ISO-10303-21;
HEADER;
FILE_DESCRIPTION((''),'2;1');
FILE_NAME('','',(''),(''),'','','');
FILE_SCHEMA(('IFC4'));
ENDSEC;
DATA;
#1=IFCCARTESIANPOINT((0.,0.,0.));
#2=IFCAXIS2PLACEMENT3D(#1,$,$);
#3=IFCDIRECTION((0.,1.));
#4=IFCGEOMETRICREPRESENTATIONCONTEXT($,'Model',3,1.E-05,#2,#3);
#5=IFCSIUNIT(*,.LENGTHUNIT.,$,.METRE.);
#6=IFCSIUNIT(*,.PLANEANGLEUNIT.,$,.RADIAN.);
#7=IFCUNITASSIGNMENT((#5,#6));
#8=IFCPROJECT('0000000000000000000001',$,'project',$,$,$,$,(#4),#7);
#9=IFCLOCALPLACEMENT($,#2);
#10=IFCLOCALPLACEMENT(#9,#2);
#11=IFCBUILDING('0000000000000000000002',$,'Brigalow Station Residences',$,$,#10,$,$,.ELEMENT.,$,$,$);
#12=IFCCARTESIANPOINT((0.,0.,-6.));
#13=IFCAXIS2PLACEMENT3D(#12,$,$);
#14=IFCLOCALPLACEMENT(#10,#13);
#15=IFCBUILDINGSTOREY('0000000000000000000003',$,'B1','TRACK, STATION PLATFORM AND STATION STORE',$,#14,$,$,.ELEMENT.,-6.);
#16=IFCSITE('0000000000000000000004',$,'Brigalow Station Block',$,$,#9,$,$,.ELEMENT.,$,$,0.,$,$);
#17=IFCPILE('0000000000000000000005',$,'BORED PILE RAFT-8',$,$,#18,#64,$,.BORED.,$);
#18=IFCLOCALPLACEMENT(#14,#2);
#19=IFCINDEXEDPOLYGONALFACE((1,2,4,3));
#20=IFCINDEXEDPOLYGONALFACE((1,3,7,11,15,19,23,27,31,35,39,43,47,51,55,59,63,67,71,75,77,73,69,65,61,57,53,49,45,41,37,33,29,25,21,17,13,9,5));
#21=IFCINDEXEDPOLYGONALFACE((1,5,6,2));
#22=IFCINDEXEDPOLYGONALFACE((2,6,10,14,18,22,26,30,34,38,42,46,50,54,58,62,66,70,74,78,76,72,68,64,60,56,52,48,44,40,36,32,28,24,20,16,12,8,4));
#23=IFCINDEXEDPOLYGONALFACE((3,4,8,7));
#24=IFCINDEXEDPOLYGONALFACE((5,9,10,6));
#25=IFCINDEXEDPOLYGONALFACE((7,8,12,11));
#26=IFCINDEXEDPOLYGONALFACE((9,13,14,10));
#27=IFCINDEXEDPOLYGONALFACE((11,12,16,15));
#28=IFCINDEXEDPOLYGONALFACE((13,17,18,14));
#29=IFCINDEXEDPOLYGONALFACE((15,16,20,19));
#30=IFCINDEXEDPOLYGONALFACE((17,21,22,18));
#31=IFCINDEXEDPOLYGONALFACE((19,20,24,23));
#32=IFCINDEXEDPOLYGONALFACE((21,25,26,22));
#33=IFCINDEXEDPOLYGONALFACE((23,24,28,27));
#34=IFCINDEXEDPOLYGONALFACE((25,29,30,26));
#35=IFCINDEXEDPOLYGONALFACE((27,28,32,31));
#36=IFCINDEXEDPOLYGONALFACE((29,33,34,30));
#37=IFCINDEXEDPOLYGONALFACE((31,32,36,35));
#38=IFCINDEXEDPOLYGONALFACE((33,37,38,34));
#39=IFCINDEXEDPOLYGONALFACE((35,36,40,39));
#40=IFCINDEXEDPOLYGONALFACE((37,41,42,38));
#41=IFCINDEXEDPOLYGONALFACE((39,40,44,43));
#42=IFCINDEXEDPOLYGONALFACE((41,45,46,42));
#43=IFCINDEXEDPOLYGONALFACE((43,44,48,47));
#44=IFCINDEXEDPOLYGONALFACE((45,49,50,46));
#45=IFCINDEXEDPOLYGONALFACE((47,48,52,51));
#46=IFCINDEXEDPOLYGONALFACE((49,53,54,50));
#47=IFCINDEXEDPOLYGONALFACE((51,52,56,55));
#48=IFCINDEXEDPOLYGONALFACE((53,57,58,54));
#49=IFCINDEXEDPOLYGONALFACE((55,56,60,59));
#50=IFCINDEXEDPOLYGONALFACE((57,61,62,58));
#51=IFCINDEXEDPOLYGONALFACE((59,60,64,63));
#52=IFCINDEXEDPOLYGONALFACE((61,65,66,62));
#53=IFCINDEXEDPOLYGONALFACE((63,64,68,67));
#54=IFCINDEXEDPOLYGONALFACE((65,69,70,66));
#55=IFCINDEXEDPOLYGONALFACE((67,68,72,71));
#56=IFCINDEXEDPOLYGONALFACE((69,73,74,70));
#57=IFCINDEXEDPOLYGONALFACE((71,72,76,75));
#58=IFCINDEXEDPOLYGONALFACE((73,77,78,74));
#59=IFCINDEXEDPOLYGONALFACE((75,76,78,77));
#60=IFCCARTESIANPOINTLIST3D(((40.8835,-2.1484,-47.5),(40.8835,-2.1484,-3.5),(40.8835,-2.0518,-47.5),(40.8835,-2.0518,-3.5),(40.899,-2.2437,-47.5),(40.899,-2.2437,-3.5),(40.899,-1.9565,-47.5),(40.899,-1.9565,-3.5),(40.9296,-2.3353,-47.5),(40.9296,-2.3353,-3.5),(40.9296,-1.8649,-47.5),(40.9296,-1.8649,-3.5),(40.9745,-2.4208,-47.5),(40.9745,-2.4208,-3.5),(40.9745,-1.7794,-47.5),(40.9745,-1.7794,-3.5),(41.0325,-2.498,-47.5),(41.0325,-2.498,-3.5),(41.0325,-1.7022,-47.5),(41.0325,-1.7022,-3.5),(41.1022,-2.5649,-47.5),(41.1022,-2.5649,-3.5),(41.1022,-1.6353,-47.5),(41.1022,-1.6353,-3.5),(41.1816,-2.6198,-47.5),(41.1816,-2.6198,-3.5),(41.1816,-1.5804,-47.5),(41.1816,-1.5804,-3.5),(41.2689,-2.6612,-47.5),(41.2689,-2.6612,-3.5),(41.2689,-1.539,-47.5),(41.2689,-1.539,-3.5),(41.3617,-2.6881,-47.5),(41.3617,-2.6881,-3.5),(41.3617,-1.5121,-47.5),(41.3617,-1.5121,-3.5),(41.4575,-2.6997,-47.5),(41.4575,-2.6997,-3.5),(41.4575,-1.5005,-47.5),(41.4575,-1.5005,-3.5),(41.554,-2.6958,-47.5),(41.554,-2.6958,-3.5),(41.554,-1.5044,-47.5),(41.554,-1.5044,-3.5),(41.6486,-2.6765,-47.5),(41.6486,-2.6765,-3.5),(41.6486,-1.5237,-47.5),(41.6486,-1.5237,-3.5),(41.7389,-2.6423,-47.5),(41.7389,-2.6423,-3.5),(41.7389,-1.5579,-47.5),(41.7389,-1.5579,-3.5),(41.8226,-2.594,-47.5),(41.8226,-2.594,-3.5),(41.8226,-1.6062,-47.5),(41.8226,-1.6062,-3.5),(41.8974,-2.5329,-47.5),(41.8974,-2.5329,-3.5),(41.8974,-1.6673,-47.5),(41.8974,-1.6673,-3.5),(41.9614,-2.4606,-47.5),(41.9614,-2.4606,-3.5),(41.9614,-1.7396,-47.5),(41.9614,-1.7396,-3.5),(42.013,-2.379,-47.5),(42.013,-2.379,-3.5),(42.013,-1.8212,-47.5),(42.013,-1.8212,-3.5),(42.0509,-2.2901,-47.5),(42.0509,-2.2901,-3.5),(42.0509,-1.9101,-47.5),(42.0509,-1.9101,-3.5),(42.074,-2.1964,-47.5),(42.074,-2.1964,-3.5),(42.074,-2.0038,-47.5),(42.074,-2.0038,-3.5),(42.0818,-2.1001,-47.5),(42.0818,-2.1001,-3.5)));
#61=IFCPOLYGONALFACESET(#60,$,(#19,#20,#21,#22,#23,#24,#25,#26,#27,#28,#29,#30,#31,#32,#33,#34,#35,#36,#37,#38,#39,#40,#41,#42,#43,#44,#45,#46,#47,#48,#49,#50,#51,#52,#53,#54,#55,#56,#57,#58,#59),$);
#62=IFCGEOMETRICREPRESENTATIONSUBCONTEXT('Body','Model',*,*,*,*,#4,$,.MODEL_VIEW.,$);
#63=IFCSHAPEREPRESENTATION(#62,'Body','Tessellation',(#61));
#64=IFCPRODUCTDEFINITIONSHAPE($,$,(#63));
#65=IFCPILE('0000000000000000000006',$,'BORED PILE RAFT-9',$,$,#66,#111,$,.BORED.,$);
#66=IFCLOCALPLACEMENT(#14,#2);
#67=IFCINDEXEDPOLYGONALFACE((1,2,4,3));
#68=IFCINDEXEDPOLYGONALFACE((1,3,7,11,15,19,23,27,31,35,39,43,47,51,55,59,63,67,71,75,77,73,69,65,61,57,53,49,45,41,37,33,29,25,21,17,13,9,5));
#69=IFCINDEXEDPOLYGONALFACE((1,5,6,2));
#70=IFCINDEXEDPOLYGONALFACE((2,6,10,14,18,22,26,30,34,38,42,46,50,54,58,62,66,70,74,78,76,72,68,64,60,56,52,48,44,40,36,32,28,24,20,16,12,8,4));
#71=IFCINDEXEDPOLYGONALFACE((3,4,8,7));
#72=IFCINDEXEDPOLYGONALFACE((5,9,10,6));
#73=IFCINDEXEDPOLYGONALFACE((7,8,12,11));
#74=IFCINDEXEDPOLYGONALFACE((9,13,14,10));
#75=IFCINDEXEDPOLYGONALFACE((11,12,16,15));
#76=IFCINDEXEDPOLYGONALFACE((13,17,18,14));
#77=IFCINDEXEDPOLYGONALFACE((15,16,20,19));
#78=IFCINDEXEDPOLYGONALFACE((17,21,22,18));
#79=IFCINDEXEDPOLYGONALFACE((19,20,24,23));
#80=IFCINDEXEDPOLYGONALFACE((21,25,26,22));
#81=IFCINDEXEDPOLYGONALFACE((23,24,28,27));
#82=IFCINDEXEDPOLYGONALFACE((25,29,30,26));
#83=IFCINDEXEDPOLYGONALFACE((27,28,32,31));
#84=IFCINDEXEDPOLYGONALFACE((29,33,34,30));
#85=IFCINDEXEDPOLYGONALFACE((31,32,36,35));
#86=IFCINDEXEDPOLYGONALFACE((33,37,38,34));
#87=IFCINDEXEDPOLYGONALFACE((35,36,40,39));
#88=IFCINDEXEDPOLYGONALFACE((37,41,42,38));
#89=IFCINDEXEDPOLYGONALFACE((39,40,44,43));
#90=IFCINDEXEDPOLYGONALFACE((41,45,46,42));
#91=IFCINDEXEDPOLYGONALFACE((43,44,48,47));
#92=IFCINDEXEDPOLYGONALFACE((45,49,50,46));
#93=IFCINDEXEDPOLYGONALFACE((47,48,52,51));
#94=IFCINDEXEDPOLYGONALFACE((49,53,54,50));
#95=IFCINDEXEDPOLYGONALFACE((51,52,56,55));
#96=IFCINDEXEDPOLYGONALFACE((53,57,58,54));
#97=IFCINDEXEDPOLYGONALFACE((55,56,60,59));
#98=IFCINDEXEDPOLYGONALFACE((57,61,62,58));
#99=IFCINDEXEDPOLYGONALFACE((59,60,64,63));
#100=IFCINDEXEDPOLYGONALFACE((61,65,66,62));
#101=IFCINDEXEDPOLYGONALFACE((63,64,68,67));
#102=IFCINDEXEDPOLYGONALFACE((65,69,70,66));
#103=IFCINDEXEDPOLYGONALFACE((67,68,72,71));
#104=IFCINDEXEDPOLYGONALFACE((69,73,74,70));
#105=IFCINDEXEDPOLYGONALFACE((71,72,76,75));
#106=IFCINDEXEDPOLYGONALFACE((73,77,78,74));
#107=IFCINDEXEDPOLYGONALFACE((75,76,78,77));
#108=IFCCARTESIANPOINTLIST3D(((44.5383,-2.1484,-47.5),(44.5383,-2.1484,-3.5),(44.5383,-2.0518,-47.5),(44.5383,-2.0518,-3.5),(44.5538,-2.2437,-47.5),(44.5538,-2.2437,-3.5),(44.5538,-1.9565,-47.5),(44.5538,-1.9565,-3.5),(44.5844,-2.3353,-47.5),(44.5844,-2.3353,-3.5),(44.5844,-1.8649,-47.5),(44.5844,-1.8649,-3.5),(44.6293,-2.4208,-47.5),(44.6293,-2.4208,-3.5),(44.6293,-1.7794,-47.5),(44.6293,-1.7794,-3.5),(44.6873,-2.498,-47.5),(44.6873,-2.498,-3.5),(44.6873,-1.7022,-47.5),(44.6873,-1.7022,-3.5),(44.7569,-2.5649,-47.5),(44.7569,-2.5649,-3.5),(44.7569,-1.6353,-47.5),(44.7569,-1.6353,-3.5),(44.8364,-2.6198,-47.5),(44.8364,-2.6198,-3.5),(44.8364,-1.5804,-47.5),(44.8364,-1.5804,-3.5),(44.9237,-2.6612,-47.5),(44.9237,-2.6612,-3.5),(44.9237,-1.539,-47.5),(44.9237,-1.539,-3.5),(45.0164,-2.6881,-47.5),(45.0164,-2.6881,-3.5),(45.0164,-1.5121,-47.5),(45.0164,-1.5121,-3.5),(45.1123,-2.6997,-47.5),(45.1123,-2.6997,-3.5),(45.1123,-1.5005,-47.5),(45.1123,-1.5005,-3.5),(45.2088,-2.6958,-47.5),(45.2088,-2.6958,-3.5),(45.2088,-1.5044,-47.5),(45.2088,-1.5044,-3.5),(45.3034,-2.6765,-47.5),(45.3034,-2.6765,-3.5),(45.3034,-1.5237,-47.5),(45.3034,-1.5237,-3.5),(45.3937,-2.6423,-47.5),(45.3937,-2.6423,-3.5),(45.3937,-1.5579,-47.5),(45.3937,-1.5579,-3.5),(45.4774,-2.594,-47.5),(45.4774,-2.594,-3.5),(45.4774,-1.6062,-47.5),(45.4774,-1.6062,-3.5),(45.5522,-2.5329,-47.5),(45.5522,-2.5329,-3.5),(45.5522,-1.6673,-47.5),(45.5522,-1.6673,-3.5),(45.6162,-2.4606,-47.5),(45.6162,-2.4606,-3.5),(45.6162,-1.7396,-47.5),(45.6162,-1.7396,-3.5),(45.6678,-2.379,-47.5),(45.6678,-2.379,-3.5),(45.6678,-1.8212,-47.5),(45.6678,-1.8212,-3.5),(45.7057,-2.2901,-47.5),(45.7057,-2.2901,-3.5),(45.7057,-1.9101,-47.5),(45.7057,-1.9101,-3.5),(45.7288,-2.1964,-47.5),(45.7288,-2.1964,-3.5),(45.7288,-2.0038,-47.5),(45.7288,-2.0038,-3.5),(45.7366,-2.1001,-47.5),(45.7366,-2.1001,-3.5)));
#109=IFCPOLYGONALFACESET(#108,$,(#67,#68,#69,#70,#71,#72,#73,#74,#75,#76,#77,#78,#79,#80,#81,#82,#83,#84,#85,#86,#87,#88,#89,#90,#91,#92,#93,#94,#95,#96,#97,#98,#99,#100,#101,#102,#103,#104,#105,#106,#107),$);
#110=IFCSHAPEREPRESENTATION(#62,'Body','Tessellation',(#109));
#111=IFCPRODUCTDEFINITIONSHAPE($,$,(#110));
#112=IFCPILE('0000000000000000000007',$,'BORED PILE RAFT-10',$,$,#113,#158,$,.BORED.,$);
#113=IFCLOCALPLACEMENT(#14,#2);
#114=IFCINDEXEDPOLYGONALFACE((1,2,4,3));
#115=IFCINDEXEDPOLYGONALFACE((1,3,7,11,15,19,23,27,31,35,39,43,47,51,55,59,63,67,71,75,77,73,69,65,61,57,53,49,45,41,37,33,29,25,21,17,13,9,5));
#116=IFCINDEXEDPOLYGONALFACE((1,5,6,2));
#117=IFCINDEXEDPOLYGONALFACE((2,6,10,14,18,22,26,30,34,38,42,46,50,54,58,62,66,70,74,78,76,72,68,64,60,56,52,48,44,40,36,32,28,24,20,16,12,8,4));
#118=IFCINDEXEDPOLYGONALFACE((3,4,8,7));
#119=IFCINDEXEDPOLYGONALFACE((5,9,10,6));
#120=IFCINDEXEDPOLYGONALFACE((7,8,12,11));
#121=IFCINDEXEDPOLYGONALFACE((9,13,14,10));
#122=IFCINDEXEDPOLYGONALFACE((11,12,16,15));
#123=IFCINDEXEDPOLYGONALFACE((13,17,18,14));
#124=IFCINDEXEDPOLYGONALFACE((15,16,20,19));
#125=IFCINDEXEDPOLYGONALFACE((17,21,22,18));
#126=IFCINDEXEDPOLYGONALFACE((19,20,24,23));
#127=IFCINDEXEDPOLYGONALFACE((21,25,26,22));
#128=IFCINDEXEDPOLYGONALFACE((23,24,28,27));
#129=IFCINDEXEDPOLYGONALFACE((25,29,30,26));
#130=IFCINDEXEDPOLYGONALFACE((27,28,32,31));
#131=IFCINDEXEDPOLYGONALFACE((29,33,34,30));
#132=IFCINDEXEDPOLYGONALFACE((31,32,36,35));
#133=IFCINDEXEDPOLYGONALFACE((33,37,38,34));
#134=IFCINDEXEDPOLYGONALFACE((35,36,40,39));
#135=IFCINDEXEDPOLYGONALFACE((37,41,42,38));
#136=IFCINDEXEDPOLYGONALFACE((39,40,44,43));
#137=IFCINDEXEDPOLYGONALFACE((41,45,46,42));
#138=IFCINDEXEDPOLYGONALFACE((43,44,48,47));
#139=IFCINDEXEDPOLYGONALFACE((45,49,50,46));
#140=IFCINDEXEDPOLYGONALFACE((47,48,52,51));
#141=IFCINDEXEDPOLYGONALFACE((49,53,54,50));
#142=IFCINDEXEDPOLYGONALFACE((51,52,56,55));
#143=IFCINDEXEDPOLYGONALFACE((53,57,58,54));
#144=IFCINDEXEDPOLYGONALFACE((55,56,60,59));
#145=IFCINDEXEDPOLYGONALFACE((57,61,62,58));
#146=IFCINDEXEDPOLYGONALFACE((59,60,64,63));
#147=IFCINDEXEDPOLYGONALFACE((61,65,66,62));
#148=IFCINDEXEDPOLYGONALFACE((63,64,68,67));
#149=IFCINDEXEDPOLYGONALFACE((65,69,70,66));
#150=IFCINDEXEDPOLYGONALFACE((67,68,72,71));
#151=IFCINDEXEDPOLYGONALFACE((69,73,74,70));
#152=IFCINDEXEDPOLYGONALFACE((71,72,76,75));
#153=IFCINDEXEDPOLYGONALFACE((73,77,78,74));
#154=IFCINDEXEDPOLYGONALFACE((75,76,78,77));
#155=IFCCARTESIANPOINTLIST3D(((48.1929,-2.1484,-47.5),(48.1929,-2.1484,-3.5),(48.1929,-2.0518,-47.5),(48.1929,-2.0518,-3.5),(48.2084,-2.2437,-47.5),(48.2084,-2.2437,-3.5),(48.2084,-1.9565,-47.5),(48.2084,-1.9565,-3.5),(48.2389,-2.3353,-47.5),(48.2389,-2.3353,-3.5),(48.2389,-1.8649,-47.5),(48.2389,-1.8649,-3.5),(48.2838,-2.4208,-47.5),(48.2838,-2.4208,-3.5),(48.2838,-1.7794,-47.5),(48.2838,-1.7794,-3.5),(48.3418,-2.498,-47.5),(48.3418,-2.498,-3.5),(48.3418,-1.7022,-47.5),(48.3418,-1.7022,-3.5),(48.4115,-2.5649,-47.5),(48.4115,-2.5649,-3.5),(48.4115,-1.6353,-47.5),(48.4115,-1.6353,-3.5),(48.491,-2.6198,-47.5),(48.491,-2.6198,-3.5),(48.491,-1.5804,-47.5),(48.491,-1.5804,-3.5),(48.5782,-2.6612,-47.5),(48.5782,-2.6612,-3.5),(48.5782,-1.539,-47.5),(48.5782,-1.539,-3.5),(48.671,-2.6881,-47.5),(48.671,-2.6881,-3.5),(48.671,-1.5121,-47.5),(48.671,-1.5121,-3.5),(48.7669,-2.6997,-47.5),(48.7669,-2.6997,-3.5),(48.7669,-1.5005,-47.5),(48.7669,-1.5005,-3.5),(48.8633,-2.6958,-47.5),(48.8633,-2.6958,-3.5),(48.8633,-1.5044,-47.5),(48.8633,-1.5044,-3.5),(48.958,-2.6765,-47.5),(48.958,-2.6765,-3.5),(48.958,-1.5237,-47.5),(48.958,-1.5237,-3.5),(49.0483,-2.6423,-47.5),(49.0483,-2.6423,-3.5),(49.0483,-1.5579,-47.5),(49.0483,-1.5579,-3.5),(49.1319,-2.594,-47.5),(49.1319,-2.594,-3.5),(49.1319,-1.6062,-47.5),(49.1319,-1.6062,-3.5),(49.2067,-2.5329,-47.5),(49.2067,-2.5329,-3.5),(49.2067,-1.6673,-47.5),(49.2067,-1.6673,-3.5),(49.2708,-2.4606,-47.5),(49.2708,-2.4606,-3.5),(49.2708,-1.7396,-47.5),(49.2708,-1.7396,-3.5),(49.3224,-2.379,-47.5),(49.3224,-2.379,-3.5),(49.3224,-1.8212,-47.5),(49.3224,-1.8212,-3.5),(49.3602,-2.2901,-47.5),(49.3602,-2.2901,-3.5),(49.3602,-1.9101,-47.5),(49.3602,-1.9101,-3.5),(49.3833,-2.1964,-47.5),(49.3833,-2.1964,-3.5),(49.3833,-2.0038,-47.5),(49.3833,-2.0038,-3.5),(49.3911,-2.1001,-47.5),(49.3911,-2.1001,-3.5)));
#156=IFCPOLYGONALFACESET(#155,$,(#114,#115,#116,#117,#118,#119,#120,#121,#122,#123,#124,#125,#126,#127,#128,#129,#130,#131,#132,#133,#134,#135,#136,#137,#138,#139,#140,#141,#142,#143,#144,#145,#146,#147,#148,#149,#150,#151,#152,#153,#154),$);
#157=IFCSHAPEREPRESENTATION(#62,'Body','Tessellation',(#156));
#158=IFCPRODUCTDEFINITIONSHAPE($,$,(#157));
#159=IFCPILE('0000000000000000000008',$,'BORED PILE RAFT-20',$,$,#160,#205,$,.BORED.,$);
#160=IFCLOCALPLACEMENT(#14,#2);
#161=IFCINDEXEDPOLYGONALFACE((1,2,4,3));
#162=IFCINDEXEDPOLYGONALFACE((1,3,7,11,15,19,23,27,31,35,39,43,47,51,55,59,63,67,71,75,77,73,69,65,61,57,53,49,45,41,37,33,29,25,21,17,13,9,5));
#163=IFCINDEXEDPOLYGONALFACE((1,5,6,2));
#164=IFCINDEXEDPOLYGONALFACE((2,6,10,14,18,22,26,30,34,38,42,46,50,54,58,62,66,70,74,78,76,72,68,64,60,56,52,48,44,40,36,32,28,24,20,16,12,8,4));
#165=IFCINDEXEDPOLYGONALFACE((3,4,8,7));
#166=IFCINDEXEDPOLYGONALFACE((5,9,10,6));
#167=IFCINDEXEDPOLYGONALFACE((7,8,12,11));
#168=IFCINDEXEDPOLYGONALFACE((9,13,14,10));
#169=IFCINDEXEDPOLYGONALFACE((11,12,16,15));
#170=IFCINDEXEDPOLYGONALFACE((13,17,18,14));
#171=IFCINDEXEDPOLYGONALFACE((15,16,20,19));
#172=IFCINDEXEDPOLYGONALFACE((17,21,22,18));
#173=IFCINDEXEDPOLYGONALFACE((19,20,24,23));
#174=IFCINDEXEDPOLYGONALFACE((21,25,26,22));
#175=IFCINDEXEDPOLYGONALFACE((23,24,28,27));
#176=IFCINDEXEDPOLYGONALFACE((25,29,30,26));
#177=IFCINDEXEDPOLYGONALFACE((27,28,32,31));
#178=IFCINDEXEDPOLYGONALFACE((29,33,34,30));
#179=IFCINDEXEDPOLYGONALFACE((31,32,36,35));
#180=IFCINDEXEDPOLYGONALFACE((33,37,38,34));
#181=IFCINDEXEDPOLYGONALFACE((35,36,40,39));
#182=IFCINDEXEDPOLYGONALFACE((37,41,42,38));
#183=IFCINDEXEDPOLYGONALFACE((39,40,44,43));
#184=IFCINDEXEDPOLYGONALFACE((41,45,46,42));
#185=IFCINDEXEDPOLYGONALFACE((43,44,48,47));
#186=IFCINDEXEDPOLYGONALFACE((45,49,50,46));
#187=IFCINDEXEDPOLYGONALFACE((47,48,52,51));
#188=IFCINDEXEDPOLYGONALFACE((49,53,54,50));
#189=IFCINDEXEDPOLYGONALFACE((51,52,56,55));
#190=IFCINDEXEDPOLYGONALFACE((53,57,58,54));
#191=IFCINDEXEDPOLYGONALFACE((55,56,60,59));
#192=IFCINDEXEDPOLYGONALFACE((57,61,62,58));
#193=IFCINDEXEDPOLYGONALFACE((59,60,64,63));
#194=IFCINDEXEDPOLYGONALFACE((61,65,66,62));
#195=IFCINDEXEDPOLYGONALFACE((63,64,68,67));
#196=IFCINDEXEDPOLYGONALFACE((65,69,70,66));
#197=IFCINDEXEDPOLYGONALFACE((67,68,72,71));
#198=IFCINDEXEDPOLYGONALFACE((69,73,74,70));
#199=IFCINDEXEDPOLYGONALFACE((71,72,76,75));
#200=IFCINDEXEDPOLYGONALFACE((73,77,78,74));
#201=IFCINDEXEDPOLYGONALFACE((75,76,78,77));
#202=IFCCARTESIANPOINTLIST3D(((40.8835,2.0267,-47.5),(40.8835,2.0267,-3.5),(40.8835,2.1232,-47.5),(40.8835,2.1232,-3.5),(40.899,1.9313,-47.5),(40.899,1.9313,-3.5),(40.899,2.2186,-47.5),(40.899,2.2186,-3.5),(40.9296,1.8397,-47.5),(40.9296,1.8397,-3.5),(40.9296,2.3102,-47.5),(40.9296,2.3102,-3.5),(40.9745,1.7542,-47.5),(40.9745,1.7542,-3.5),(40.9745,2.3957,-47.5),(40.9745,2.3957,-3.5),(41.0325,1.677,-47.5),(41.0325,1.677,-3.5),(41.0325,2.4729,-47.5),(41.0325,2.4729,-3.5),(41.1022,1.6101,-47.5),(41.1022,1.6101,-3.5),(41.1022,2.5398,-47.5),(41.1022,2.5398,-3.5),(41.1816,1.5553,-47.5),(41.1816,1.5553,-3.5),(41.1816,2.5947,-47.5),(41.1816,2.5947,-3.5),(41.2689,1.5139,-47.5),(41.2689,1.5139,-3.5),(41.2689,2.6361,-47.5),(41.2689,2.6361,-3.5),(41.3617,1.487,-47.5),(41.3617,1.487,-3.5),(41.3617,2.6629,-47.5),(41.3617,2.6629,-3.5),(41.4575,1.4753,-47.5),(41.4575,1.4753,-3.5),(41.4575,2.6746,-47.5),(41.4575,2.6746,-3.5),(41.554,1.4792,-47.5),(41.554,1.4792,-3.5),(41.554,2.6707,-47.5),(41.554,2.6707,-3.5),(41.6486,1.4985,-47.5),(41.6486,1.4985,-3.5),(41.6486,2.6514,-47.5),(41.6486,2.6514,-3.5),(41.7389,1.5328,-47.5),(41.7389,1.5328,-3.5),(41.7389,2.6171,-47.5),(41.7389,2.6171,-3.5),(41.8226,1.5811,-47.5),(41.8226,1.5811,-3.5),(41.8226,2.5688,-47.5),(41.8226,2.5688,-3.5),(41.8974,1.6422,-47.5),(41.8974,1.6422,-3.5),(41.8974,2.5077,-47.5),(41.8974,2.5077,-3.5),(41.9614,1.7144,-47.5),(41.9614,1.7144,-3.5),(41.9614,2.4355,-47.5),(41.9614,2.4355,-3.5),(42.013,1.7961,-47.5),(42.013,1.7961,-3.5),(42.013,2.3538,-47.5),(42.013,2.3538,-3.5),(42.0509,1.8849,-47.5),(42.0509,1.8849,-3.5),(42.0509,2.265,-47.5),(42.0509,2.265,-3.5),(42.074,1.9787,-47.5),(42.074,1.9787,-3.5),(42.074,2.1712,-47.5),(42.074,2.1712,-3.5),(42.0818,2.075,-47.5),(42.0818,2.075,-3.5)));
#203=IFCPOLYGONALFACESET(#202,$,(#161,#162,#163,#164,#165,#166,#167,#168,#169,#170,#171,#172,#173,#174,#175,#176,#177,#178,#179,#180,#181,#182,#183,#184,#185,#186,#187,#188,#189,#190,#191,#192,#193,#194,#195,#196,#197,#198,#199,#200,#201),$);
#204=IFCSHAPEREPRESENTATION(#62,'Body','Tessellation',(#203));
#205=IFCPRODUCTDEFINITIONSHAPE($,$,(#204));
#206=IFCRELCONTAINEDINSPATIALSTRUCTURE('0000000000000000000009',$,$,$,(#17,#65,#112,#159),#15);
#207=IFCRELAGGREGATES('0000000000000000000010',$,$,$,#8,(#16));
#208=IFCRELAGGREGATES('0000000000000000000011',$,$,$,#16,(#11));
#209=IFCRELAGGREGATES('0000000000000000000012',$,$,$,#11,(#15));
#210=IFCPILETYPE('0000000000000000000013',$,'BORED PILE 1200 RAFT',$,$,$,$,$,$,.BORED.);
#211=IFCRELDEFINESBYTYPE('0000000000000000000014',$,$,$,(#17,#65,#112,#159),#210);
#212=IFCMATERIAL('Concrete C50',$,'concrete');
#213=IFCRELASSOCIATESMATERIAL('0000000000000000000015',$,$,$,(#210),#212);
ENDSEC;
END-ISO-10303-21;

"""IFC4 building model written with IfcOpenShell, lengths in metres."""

from ifc_helpers import new_model, si_unit, direction, frame, origin, origin_2d, place, context, subcontext, project, spatial, circle, extrude, material, material_profile, profile_set, type_object, element, save


model = new_model("IFC4")

# Units and contexts
model_context = context("Model", 3, precision=1e-05, world=origin(), true_north=direction((0.0, 1.0)))
body_context = subcontext(model_context, "Body", "Model", "MODEL_VIEW")
ifc_project = project(units=[si_unit("LENGTHUNIT", "METRE"), si_unit("PLANEANGLEUNIT", "RADIAN")], contexts=[model_context])

# Site, building, storey
site_placement = place(None, origin())
site = spatial("IfcSite", under=ifc_project, at=site_placement, Name="Brigalow Station Block", CompositionType="ELEMENT", RefElevation=0.0)
building_placement = place(site_placement, origin())
building = spatial("IfcBuilding", under=site, at=building_placement, Name="Brigalow Station Residences", CompositionType="ELEMENT")
storey_placement = place(building_placement, frame((0.0, 0.0, -6.0)))
storey = spatial("IfcBuildingStorey", under=building, at=storey_placement, Name="B1", Description="TRACK, STATION PLATFORM AND STATION STORE", CompositionType="ELEMENT", Elevation=-6.0)

# Piles
ifc_material_1 = material(Name="Concrete C50", Category="concrete")
ifc_material_profile_1 = material_profile(ifc_material_1, circle(Radius=0.6001, at=origin_2d()), Name="BP1200")
ifc_profile_set_1 = profile_set([ifc_material_profile_1], Name="Concrete C50")
pile_type_1 = type_object("IfcPileType", Name="BORED PILE 1200 RAFT", PredefinedType="BORED", material=ifc_profile_set_1)
for number, where, z_axis, x_axis, name in (
    (1, (41.4817, -2.1001, -3.5), (0.0, 0.0, -1.0), (1.0, 0.0, 0.0), "BORED PILE RAFT-8"),
    (2, (45.1365, -2.1001, -3.5), (0.0, 0.0, -1.0), (1.0, 0.0, 0.0), "BORED PILE RAFT-9"),
    (3, (48.791, -2.1001, -3.5), (0.0, 0.0, -1.0), (1.0, 0.0, 0.0), "BORED PILE RAFT-10"),
    (4, (41.4817, 2.075, -3.5), (0.0, 0.0, -1.0), (1.0, 0.0, 0.0), "BORED PILE RAFT-20"),
):
    element("IfcPile", number, at=place(storey_placement, frame(where, z_axis=z_axis, x_axis=x_axis)), inside=storey, type_object=pile_type_1, Name=name, PredefinedType="BORED", context=body_context, shape_type="SweptSolid", body=[
        extrude(circle(Radius=0.6001, at=origin_2d()), origin(), (0.0, 0.0, 1.0), 44.0),
    ])

save(model, "model.ifc")
